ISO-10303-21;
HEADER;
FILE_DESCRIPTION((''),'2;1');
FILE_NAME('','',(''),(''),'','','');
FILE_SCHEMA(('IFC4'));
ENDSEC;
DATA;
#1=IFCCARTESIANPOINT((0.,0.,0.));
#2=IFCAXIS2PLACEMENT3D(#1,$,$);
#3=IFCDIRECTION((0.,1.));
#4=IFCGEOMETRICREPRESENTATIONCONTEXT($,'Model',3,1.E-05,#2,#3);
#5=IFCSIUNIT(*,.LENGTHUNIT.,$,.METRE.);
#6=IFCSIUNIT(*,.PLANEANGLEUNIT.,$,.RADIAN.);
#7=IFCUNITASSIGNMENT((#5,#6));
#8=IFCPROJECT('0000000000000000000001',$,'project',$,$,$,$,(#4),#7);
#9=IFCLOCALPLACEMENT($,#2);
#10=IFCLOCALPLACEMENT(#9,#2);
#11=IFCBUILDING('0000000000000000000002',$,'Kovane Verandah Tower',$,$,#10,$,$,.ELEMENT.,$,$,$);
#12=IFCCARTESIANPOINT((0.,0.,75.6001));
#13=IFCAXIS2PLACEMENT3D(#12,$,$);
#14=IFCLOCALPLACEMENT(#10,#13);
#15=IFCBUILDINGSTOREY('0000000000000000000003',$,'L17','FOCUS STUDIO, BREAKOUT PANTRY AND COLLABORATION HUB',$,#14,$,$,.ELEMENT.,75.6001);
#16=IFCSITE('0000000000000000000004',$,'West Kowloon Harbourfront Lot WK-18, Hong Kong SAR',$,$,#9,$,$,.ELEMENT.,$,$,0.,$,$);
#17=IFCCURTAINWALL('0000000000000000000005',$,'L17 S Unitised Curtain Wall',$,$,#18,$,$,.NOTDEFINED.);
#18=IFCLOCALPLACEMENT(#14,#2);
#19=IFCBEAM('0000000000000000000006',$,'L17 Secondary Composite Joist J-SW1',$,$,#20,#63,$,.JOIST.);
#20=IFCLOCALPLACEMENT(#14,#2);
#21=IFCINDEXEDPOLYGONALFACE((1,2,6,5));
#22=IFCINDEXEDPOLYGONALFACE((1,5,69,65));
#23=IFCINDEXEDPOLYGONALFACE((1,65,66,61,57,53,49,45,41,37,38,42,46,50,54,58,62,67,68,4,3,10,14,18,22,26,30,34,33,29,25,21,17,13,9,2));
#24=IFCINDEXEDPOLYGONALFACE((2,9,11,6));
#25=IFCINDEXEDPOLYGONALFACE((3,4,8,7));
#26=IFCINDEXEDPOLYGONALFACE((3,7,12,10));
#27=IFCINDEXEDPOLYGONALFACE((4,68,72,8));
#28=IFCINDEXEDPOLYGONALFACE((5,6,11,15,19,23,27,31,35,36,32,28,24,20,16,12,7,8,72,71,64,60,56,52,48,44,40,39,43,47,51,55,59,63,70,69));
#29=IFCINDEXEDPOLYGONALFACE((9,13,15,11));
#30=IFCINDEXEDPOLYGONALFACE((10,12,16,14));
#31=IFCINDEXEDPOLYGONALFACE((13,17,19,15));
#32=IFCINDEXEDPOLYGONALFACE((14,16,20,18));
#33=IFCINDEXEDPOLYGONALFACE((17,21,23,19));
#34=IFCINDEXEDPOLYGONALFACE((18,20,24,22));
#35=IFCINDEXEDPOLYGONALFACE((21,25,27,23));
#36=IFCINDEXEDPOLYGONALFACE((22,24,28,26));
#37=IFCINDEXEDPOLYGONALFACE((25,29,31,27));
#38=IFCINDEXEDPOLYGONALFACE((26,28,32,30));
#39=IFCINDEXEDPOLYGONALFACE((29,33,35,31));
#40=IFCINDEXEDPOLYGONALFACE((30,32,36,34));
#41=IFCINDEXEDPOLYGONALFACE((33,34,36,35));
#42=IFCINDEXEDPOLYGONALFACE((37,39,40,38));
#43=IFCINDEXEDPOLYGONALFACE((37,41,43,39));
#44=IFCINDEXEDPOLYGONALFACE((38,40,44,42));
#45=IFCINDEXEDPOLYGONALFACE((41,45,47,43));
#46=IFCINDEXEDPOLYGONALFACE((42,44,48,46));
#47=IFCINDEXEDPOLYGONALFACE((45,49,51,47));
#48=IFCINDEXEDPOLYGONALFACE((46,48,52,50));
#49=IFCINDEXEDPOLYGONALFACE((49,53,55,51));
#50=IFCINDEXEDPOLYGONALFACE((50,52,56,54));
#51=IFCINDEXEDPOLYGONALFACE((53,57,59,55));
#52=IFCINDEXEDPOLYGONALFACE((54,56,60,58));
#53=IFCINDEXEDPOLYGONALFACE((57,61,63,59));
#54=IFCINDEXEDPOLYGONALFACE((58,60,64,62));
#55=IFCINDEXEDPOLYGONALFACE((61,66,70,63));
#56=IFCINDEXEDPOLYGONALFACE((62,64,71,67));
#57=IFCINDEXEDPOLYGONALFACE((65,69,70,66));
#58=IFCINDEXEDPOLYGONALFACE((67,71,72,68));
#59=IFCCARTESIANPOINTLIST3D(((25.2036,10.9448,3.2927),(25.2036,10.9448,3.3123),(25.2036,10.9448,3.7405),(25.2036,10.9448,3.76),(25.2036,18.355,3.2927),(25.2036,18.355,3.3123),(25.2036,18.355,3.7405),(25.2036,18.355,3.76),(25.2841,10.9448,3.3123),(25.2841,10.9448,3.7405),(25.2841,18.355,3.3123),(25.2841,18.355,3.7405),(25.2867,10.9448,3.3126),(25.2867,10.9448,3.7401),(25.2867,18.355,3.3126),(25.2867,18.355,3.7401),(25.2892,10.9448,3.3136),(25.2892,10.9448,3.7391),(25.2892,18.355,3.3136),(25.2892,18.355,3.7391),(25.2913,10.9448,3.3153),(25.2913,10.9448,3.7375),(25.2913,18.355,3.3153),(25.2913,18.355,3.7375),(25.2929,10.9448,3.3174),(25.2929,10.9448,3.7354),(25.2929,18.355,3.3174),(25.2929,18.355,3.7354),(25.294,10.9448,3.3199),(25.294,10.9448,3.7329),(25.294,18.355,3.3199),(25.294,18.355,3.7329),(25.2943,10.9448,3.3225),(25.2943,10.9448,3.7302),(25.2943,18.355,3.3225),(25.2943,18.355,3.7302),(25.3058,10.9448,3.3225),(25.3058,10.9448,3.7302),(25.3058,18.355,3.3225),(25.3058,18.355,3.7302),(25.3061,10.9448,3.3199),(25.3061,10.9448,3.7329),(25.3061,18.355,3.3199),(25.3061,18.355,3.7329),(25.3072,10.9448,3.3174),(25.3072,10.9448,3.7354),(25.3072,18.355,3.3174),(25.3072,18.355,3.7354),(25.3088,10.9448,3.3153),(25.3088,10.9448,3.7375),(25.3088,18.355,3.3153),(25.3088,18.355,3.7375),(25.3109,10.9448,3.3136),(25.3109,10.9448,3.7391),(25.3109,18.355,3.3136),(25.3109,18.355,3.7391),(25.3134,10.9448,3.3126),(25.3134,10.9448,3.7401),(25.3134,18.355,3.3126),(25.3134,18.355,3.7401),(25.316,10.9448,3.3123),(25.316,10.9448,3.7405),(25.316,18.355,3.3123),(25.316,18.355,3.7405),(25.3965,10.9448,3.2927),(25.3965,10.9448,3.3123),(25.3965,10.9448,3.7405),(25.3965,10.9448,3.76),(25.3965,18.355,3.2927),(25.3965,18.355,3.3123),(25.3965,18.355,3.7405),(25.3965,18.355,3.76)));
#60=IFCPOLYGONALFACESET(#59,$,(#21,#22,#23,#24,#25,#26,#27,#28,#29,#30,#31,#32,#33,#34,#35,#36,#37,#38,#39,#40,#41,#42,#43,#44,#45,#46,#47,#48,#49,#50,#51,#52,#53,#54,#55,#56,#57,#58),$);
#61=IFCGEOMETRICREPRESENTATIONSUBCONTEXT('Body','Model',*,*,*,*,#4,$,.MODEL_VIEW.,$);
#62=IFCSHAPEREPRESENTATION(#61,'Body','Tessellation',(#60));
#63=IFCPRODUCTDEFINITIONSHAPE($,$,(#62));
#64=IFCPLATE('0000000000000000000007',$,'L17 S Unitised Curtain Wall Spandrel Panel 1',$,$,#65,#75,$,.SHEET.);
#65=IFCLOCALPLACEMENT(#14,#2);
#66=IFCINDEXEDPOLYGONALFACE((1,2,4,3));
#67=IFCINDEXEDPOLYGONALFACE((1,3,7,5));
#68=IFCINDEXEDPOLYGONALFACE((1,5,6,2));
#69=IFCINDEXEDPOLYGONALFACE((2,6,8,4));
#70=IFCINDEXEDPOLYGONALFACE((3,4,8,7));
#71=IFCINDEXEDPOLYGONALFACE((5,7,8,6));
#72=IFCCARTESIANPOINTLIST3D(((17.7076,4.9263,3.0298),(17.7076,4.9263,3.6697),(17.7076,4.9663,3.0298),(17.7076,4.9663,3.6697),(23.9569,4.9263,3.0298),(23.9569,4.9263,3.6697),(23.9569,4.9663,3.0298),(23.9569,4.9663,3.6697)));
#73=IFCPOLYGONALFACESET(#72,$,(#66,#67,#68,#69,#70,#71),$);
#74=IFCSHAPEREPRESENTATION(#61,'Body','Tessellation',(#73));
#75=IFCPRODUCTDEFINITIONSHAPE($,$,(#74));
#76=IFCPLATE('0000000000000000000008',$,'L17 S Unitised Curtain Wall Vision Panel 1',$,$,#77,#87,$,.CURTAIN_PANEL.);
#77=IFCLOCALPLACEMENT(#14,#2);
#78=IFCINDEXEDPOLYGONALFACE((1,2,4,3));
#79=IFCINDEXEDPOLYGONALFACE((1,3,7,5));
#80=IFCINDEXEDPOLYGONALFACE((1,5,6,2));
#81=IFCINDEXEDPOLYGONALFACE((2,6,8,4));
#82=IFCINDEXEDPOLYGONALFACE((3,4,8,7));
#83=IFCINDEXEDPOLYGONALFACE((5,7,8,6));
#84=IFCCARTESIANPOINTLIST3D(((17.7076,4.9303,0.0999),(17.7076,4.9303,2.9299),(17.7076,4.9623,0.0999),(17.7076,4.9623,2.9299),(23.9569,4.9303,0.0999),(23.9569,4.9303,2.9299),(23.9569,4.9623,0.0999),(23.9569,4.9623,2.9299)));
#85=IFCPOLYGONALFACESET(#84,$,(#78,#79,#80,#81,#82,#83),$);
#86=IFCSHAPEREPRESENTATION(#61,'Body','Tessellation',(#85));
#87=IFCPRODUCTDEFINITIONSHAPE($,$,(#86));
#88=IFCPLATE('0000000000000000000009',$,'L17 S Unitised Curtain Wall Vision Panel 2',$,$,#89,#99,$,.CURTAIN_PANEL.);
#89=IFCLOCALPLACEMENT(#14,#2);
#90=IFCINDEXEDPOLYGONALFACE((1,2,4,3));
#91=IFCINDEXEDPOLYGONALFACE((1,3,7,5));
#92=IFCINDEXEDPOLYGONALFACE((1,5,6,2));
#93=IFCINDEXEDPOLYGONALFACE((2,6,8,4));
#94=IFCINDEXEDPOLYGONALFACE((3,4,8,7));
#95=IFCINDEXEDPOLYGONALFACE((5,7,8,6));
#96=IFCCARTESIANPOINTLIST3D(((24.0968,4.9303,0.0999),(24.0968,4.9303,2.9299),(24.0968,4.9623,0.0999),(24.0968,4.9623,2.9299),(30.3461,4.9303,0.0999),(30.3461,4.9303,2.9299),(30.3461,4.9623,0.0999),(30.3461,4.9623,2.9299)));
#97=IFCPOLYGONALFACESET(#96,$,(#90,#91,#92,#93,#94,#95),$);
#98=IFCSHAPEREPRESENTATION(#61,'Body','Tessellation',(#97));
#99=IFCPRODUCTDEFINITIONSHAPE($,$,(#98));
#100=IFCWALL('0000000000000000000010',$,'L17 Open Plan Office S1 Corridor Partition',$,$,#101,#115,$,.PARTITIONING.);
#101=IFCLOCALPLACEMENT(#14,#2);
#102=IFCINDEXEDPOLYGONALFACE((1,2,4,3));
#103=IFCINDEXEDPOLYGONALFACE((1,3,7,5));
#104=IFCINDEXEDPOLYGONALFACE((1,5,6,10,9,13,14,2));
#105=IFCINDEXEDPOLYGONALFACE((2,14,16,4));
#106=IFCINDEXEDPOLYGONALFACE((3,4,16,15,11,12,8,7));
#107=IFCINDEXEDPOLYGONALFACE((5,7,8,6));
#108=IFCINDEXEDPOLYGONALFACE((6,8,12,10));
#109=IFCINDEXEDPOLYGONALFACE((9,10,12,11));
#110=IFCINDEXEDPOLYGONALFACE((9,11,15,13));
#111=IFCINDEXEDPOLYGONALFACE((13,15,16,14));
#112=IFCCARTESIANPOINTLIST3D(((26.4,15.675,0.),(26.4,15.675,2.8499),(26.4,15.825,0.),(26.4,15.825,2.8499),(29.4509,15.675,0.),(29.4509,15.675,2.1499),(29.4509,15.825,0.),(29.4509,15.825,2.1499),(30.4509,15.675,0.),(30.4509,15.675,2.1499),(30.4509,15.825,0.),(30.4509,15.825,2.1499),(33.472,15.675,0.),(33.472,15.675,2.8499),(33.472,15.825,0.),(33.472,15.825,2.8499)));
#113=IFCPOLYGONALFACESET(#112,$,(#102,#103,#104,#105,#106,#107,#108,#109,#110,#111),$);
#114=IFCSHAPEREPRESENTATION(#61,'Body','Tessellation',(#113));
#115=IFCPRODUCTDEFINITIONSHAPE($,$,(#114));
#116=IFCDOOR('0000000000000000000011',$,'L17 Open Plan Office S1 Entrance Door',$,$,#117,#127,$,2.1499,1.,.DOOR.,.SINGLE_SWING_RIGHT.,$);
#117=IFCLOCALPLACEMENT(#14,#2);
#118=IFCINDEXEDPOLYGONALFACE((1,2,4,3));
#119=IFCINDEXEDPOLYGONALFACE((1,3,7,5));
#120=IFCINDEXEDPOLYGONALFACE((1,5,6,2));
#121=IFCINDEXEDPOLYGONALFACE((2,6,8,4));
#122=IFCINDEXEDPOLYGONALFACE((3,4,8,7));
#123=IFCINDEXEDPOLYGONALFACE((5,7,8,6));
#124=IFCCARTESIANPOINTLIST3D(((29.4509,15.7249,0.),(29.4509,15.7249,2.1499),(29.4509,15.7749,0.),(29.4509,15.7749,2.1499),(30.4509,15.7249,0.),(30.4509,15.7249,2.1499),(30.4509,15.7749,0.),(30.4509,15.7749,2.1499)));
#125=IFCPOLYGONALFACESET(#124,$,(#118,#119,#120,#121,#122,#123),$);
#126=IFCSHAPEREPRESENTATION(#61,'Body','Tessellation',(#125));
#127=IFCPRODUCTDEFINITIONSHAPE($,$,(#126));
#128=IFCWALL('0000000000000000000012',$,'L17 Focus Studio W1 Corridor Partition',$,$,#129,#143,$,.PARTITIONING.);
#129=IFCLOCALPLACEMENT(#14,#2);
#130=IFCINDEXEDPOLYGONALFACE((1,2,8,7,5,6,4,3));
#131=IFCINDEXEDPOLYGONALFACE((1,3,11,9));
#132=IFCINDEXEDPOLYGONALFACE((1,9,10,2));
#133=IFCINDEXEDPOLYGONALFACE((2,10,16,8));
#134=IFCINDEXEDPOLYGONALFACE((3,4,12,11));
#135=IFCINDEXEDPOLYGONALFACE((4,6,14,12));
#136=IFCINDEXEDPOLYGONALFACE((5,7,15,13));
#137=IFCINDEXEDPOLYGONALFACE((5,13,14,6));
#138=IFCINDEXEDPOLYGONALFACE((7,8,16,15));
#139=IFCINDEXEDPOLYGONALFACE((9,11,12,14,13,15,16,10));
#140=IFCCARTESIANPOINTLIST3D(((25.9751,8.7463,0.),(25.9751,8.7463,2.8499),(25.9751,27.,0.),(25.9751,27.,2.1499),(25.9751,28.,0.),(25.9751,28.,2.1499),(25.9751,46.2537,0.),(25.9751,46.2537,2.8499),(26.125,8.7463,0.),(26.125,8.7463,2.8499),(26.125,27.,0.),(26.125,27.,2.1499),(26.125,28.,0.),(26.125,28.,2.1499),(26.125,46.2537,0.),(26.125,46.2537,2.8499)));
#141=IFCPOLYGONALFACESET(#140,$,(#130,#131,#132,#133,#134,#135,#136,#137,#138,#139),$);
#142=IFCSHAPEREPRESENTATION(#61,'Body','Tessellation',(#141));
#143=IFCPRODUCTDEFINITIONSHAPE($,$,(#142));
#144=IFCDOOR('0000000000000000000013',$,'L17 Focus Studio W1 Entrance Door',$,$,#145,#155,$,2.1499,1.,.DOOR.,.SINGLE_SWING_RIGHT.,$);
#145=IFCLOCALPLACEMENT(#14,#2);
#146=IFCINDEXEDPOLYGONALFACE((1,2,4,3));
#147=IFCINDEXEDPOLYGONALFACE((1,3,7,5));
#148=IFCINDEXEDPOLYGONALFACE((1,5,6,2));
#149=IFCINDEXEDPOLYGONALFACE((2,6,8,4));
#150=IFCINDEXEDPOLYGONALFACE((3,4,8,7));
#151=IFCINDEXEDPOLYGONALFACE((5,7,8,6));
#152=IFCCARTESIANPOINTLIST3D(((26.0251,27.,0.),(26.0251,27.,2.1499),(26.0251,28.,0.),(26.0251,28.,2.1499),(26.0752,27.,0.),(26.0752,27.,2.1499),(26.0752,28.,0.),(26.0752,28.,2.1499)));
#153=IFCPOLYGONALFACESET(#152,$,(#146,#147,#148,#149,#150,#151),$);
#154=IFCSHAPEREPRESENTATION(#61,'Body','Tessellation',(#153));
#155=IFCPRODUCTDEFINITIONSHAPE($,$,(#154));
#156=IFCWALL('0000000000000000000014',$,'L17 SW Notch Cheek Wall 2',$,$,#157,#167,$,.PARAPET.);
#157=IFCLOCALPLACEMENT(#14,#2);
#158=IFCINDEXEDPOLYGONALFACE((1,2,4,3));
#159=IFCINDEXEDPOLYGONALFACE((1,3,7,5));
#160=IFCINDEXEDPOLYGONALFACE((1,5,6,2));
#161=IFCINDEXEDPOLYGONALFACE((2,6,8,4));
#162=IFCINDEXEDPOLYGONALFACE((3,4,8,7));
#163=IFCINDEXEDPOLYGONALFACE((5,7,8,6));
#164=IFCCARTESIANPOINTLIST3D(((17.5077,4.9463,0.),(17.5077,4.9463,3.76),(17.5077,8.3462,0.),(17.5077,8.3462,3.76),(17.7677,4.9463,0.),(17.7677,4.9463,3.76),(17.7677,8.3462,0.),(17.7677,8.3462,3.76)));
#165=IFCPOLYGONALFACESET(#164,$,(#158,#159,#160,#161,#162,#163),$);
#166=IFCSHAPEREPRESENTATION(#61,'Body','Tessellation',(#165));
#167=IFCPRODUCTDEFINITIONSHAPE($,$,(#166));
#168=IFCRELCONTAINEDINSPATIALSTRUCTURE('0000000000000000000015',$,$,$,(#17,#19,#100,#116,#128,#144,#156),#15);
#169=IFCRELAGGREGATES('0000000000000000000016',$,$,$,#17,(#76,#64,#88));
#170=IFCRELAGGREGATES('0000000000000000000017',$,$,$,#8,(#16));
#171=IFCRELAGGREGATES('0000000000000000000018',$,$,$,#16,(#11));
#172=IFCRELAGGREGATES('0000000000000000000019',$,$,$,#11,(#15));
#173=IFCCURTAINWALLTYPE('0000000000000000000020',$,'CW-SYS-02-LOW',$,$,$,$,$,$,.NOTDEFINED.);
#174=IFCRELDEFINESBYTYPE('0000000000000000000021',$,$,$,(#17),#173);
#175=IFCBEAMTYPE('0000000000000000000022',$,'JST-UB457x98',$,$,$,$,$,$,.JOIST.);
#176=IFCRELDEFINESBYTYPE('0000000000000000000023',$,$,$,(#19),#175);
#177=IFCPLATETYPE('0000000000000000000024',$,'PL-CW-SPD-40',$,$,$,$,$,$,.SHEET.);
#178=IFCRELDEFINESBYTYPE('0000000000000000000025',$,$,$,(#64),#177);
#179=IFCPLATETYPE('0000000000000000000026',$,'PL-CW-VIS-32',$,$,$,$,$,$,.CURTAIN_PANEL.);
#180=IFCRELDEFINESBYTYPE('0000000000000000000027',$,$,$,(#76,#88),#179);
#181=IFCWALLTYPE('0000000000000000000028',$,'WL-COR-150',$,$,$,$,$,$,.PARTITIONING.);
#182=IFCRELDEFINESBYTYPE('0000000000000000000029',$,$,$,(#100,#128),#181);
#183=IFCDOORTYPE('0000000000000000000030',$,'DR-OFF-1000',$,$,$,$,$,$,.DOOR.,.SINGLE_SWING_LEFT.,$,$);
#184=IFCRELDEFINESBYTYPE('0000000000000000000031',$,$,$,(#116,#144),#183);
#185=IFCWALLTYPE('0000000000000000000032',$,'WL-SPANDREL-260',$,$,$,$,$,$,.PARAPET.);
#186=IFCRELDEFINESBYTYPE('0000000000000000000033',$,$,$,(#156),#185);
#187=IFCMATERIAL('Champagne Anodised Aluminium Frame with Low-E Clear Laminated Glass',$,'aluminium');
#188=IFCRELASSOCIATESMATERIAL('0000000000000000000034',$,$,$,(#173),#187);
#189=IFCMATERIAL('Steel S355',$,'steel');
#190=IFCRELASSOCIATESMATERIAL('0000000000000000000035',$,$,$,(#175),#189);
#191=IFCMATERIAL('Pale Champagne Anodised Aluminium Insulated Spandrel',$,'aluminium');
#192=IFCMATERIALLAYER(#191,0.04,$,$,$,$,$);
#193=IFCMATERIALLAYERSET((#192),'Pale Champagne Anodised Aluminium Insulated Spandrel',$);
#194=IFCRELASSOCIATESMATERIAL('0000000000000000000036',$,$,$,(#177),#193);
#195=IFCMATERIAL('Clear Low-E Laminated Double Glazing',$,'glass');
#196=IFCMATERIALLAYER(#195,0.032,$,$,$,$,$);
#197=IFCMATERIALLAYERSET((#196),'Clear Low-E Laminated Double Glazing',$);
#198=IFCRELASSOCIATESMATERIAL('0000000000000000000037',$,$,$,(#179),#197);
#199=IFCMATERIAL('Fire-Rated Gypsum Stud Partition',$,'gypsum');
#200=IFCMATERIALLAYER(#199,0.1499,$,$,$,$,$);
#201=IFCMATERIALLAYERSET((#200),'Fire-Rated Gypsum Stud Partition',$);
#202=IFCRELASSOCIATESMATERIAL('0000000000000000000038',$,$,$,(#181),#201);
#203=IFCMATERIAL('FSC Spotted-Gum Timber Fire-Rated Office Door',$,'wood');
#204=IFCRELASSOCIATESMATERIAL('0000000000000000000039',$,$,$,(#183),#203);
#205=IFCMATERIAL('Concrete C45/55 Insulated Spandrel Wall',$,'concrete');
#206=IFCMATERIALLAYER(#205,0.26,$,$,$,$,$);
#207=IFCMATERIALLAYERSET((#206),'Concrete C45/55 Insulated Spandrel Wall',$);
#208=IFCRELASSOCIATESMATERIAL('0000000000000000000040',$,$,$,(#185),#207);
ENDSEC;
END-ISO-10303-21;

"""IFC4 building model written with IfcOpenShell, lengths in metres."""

from ifc_helpers import new_model, si_unit, direction, frame, frame_2d, origin, origin_2d, place, context, subcontext, project, spatial, rectangle, i_section, extrude, material, layer, layer_set, material_profile, profile_set, type_object, element, fill, aggregate, save


model = new_model("IFC4")

# Units and contexts
model_context = context("Model", 3, precision=1e-05, world=origin(), true_north=direction((0.0, 1.0)))
body_context = subcontext(model_context, "Body", "Model", "MODEL_VIEW")
ifc_project = project(units=[si_unit("LENGTHUNIT", "METRE"), si_unit("PLANEANGLEUNIT", "RADIAN")], contexts=[model_context])

# Site, building, storey
site_placement = place(None, origin())
site = spatial("IfcSite", under=ifc_project, at=site_placement, Name="West Kowloon Harbourfront Lot WK-18, Hong Kong SAR", CompositionType="ELEMENT", RefElevation=0.0)
building_placement = place(site_placement, origin())
building = spatial("IfcBuilding", under=site, at=building_placement, Name="Kovane Verandah Tower", CompositionType="ELEMENT")
storey_placement = place(building_placement, frame((0.0, 0.0, 75.6001)))
storey = spatial("IfcBuildingStorey", under=building, at=storey_placement, Name="L17", Description="FOCUS STUDIO, BREAKOUT PANTRY AND COLLABORATION HUB", CompositionType="ELEMENT", Elevation=75.6001)

# Shared definitions
ifc_material_1 = material(Name="Steel S355", Category="steel")

# Curtain wall
ifc_material_2 = material(Name="Champagne Anodised Aluminium Frame with Low-E Clear Laminated Glass", Category="aluminium")
curtain_wall_type = type_object("IfcCurtainWallType", Name="CW-SYS-02-LOW", PredefinedType="NOTDEFINED", material=ifc_material_2)
curtain_wall_placement = place(storey_placement, origin())
curtain_wall = element("IfcCurtainWall", 1, at=curtain_wall_placement, inside=storey, type_object=curtain_wall_type, Name="L17 S Unitised Curtain Wall", PredefinedType="NOTDEFINED")

# Beam
ifc_material_profile_1 = material_profile(ifc_material_1, i_section(OverallWidth=0.1929, OverallDepth=0.4673, WebThickness=0.0115, FlangeThickness=0.0195, FilletRadius=0.0103, at=origin_2d()), Name="UB457x191x98")
ifc_profile_set_1 = profile_set([ifc_material_profile_1], Name="Steel S355")
beam_type_1 = type_object("IfcBeamType", Name="JST-UB457x98", PredefinedType="JOIST", material=ifc_profile_set_1)
beam_1_placement = place(storey_placement, frame((25.3, 10.9448, 3.5264), z_axis=(0.0, 1.0, 0.0), x_axis=(-1.0, 0.0, 0.0)))
element("IfcBeam", 2, at=beam_1_placement, inside=storey, type_object=beam_type_1, Name="L17 Secondary Composite Joist J-SW1", PredefinedType="JOIST", context=body_context, shape_type="SweptSolid", body=[
    extrude(i_section(OverallWidth=0.1929, OverallDepth=0.4673, WebThickness=0.0115, FlangeThickness=0.0195, FilletRadius=0.0103, at=origin_2d()), origin(), (0.0, 0.0, 1.0), 7.4102),
])

# Plates
ifc_material_3 = material(Name="Pale Champagne Anodised Aluminium Insulated Spandrel", Category="aluminium")
ifc_layer_1 = layer(ifc_material_3, 0.04)
ifc_layer_set_1 = layer_set([ifc_layer_1], Name="Pale Champagne Anodised Aluminium Insulated Spandrel")
plate_type_1 = type_object("IfcPlateType", Name="PL-CW-SPD-40", PredefinedType="SHEET", material=ifc_layer_set_1)
plate_1_placement = place(storey_placement, frame((20.8323, 4.9463, 3.0298), z_axis=(0.0, 0.0, 1.0), x_axis=(1.0, 0.0, 0.0)))
plate_1 = element("IfcPlate", 3, at=plate_1_placement, type_object=plate_type_1, Name="L17 S Unitised Curtain Wall Spandrel Panel 1", PredefinedType="SHEET", context=body_context, shape_type="SweptSolid", body=[
    extrude(rectangle(XDim=6.2493, YDim=0.04, at=origin_2d()), origin(), (0.0, 0.0, 1.0), 0.6399),
])
ifc_material_4 = material(Name="Clear Low-E Laminated Double Glazing", Category="glass")
ifc_layer_2 = layer(ifc_material_4, 0.032)
ifc_layer_set_2 = layer_set([ifc_layer_2], Name="Clear Low-E Laminated Double Glazing")
plate_type_2 = type_object("IfcPlateType", Name="PL-CW-VIS-32", PredefinedType="CURTAIN_PANEL", material=ifc_layer_set_2)
plate_2_placement = place(storey_placement, frame((20.8323, 4.9463, 0.0999), z_axis=(0.0, 0.0, 1.0), x_axis=(1.0, 0.0, 0.0)))
plate_2 = element("IfcPlate", 4, at=plate_2_placement, type_object=plate_type_2, Name="L17 S Unitised Curtain Wall Vision Panel 1", PredefinedType="CURTAIN_PANEL", context=body_context, shape_type="SweptSolid", body=[
    extrude(rectangle(XDim=6.2493, YDim=0.032, at=origin_2d()), origin(), (0.0, 0.0, 1.0), 2.8301),
])
plate_3_placement = place(storey_placement, frame((27.2214, 4.9463, 0.0999), z_axis=(0.0, 0.0, 1.0), x_axis=(1.0, 0.0, 0.0)))
plate_3 = element("IfcPlate", 5, at=plate_3_placement, type_object=plate_type_2, Name="L17 S Unitised Curtain Wall Vision Panel 2", PredefinedType="CURTAIN_PANEL", context=body_context, shape_type="SweptSolid", body=[
    extrude(rectangle(XDim=6.2493, YDim=0.032, at=origin_2d()), origin(), (0.0, 0.0, 1.0), 2.8301),
])
aggregate(curtain_wall, [plate_2, plate_1, plate_3])

# Walls, openings, doors
ifc_material_5 = material(Name="Fire-Rated Gypsum Stud Partition", Category="gypsum")
ifc_layer_3 = layer(ifc_material_5, 0.1499)
ifc_layer_set_3 = layer_set([ifc_layer_3], Name="Fire-Rated Gypsum Stud Partition")
wall_type_1 = type_object("IfcWallType", Name="WL-COR-150", PredefinedType="PARTITIONING", material=ifc_layer_set_3)
wall_1_placement = place(storey_placement, frame((26.3999, 15.75, 0.0), z_axis=(0.0, 0.0, 1.0), x_axis=(1.0, 0.0, 0.0)))
wall_1 = element("IfcWall", 6, at=wall_1_placement, inside=storey, type_object=wall_type_1, Name="L17 Open Plan Office S1 Corridor Partition", PredefinedType="PARTITIONING", context=body_context, shape_type="SweptSolid", body=[
    extrude(rectangle(XDim=7.072, YDim=0.1499, at=frame_2d((3.5361, 0.0))), origin(), (0.0, 0.0, 1.0), 2.8499),
])
opening_1_placement = place(wall_1_placement, frame((3.051, 0.0, 0.0)))
opening_1 = element("IfcOpeningElement", 7, at=opening_1_placement, cuts=wall_1, PredefinedType="OPENING", context=body_context, shape_type="SweptSolid", body=[
    extrude(rectangle(XDim=1.0, YDim=2.1499, at=frame_2d((0.5, 1.075))), frame((0.0, 0.075, 0.0), z_axis=(0.0, -1.0, 0.0), x_axis=(1.0, 0.0, 0.0)), (0.0, 0.0, 1.0), 0.1499),
])
ifc_material_6 = material(Name="FSC Spotted-Gum Timber Fire-Rated Office Door", Category="wood")
door_type = type_object("IfcDoorType", Name="DR-OFF-1000", OperationType="SINGLE_SWING_LEFT", PredefinedType="DOOR", material=ifc_material_6)
door_1_placement = place(opening_1_placement, origin())
door_1 = element("IfcDoor", 8, at=door_1_placement, inside=storey, type_object=door_type, Name="L17 Open Plan Office S1 Entrance Door", OperationType="SINGLE_SWING_RIGHT", OverallHeight=2.1499, OverallWidth=1.0, PredefinedType="DOOR", context=body_context, shape_type="SweptSolid", body=[
    extrude(rectangle(XDim=1.0, YDim=2.1499, at=frame_2d((0.5, 1.075))), frame((0.0, 0.0249, 0.0), z_axis=(0.0, -1.0, 0.0), x_axis=(1.0, 0.0, 0.0)), (0.0, 0.0, 1.0), 0.05),
])
fill(opening_1, door_1)
wall_2_placement = place(storey_placement, frame((26.05, 8.7463, 0.0), z_axis=(0.0, 0.0, 1.0), x_axis=(0.0, 1.0, 0.0)))
wall_2 = element("IfcWall", 9, at=wall_2_placement, inside=storey, type_object=wall_type_1, Name="L17 Focus Studio W1 Corridor Partition", PredefinedType="PARTITIONING", context=body_context, shape_type="SweptSolid", body=[
    extrude(rectangle(XDim=37.5073, YDim=0.1499, at=frame_2d((18.7537, 0.0))), origin(), (0.0, 0.0, 1.0), 2.8499),
])
opening_2_placement = place(wall_2_placement, frame((18.2537, 0.0, 0.0)))
opening_2 = element("IfcOpeningElement", 10, at=opening_2_placement, cuts=wall_2, PredefinedType="OPENING", context=body_context, shape_type="SweptSolid", body=[
    extrude(rectangle(XDim=1.0, YDim=2.1499, at=frame_2d((0.5, 1.075))), frame((0.0, 0.075, 0.0), z_axis=(0.0, -1.0, 0.0), x_axis=(1.0, 0.0, 0.0)), (0.0, 0.0, 1.0), 0.1499),
])
door_2_placement = place(opening_2_placement, origin())
door_2 = element("IfcDoor", 11, at=door_2_placement, inside=storey, type_object=door_type, Name="L17 Focus Studio W1 Entrance Door", OperationType="SINGLE_SWING_RIGHT", OverallHeight=2.1499, OverallWidth=1.0, PredefinedType="DOOR", context=body_context, shape_type="SweptSolid", body=[
    extrude(rectangle(XDim=1.0, YDim=2.1499, at=frame_2d((0.5, 1.075))), frame((0.0, 0.0249, 0.0), z_axis=(0.0, -1.0, 0.0), x_axis=(1.0, 0.0, 0.0)), (0.0, 0.0, 1.0), 0.05),
])
fill(opening_2, door_2)

# Wall
ifc_material_7 = material(Name="Concrete C45/55 Insulated Spandrel Wall", Category="concrete")
ifc_layer_4 = layer(ifc_material_7, 0.26)
ifc_layer_set_4 = layer_set([ifc_layer_4], Name="Concrete C45/55 Insulated Spandrel Wall")
wall_type_2 = type_object("IfcWallType", Name="WL-SPANDREL-260", PredefinedType="PARAPET", material=ifc_layer_set_4)
wall_3_placement = place(storey_placement, frame((17.6377, 8.3462, 0.0), z_axis=(0.0, 0.0, 1.0), x_axis=(0.0, -1.0, 0.0)))
element("IfcWall", 12, at=wall_3_placement, inside=storey, type_object=wall_type_2, Name="L17 SW Notch Cheek Wall 2", PredefinedType="PARAPET", context=body_context, shape_type="SweptSolid", body=[
    extrude(rectangle(XDim=3.3999, YDim=0.26, at=frame_2d((1.7, 0.0))), origin(), (0.0, 0.0, 1.0), 3.76),
])

save(model, "model.ifc")
